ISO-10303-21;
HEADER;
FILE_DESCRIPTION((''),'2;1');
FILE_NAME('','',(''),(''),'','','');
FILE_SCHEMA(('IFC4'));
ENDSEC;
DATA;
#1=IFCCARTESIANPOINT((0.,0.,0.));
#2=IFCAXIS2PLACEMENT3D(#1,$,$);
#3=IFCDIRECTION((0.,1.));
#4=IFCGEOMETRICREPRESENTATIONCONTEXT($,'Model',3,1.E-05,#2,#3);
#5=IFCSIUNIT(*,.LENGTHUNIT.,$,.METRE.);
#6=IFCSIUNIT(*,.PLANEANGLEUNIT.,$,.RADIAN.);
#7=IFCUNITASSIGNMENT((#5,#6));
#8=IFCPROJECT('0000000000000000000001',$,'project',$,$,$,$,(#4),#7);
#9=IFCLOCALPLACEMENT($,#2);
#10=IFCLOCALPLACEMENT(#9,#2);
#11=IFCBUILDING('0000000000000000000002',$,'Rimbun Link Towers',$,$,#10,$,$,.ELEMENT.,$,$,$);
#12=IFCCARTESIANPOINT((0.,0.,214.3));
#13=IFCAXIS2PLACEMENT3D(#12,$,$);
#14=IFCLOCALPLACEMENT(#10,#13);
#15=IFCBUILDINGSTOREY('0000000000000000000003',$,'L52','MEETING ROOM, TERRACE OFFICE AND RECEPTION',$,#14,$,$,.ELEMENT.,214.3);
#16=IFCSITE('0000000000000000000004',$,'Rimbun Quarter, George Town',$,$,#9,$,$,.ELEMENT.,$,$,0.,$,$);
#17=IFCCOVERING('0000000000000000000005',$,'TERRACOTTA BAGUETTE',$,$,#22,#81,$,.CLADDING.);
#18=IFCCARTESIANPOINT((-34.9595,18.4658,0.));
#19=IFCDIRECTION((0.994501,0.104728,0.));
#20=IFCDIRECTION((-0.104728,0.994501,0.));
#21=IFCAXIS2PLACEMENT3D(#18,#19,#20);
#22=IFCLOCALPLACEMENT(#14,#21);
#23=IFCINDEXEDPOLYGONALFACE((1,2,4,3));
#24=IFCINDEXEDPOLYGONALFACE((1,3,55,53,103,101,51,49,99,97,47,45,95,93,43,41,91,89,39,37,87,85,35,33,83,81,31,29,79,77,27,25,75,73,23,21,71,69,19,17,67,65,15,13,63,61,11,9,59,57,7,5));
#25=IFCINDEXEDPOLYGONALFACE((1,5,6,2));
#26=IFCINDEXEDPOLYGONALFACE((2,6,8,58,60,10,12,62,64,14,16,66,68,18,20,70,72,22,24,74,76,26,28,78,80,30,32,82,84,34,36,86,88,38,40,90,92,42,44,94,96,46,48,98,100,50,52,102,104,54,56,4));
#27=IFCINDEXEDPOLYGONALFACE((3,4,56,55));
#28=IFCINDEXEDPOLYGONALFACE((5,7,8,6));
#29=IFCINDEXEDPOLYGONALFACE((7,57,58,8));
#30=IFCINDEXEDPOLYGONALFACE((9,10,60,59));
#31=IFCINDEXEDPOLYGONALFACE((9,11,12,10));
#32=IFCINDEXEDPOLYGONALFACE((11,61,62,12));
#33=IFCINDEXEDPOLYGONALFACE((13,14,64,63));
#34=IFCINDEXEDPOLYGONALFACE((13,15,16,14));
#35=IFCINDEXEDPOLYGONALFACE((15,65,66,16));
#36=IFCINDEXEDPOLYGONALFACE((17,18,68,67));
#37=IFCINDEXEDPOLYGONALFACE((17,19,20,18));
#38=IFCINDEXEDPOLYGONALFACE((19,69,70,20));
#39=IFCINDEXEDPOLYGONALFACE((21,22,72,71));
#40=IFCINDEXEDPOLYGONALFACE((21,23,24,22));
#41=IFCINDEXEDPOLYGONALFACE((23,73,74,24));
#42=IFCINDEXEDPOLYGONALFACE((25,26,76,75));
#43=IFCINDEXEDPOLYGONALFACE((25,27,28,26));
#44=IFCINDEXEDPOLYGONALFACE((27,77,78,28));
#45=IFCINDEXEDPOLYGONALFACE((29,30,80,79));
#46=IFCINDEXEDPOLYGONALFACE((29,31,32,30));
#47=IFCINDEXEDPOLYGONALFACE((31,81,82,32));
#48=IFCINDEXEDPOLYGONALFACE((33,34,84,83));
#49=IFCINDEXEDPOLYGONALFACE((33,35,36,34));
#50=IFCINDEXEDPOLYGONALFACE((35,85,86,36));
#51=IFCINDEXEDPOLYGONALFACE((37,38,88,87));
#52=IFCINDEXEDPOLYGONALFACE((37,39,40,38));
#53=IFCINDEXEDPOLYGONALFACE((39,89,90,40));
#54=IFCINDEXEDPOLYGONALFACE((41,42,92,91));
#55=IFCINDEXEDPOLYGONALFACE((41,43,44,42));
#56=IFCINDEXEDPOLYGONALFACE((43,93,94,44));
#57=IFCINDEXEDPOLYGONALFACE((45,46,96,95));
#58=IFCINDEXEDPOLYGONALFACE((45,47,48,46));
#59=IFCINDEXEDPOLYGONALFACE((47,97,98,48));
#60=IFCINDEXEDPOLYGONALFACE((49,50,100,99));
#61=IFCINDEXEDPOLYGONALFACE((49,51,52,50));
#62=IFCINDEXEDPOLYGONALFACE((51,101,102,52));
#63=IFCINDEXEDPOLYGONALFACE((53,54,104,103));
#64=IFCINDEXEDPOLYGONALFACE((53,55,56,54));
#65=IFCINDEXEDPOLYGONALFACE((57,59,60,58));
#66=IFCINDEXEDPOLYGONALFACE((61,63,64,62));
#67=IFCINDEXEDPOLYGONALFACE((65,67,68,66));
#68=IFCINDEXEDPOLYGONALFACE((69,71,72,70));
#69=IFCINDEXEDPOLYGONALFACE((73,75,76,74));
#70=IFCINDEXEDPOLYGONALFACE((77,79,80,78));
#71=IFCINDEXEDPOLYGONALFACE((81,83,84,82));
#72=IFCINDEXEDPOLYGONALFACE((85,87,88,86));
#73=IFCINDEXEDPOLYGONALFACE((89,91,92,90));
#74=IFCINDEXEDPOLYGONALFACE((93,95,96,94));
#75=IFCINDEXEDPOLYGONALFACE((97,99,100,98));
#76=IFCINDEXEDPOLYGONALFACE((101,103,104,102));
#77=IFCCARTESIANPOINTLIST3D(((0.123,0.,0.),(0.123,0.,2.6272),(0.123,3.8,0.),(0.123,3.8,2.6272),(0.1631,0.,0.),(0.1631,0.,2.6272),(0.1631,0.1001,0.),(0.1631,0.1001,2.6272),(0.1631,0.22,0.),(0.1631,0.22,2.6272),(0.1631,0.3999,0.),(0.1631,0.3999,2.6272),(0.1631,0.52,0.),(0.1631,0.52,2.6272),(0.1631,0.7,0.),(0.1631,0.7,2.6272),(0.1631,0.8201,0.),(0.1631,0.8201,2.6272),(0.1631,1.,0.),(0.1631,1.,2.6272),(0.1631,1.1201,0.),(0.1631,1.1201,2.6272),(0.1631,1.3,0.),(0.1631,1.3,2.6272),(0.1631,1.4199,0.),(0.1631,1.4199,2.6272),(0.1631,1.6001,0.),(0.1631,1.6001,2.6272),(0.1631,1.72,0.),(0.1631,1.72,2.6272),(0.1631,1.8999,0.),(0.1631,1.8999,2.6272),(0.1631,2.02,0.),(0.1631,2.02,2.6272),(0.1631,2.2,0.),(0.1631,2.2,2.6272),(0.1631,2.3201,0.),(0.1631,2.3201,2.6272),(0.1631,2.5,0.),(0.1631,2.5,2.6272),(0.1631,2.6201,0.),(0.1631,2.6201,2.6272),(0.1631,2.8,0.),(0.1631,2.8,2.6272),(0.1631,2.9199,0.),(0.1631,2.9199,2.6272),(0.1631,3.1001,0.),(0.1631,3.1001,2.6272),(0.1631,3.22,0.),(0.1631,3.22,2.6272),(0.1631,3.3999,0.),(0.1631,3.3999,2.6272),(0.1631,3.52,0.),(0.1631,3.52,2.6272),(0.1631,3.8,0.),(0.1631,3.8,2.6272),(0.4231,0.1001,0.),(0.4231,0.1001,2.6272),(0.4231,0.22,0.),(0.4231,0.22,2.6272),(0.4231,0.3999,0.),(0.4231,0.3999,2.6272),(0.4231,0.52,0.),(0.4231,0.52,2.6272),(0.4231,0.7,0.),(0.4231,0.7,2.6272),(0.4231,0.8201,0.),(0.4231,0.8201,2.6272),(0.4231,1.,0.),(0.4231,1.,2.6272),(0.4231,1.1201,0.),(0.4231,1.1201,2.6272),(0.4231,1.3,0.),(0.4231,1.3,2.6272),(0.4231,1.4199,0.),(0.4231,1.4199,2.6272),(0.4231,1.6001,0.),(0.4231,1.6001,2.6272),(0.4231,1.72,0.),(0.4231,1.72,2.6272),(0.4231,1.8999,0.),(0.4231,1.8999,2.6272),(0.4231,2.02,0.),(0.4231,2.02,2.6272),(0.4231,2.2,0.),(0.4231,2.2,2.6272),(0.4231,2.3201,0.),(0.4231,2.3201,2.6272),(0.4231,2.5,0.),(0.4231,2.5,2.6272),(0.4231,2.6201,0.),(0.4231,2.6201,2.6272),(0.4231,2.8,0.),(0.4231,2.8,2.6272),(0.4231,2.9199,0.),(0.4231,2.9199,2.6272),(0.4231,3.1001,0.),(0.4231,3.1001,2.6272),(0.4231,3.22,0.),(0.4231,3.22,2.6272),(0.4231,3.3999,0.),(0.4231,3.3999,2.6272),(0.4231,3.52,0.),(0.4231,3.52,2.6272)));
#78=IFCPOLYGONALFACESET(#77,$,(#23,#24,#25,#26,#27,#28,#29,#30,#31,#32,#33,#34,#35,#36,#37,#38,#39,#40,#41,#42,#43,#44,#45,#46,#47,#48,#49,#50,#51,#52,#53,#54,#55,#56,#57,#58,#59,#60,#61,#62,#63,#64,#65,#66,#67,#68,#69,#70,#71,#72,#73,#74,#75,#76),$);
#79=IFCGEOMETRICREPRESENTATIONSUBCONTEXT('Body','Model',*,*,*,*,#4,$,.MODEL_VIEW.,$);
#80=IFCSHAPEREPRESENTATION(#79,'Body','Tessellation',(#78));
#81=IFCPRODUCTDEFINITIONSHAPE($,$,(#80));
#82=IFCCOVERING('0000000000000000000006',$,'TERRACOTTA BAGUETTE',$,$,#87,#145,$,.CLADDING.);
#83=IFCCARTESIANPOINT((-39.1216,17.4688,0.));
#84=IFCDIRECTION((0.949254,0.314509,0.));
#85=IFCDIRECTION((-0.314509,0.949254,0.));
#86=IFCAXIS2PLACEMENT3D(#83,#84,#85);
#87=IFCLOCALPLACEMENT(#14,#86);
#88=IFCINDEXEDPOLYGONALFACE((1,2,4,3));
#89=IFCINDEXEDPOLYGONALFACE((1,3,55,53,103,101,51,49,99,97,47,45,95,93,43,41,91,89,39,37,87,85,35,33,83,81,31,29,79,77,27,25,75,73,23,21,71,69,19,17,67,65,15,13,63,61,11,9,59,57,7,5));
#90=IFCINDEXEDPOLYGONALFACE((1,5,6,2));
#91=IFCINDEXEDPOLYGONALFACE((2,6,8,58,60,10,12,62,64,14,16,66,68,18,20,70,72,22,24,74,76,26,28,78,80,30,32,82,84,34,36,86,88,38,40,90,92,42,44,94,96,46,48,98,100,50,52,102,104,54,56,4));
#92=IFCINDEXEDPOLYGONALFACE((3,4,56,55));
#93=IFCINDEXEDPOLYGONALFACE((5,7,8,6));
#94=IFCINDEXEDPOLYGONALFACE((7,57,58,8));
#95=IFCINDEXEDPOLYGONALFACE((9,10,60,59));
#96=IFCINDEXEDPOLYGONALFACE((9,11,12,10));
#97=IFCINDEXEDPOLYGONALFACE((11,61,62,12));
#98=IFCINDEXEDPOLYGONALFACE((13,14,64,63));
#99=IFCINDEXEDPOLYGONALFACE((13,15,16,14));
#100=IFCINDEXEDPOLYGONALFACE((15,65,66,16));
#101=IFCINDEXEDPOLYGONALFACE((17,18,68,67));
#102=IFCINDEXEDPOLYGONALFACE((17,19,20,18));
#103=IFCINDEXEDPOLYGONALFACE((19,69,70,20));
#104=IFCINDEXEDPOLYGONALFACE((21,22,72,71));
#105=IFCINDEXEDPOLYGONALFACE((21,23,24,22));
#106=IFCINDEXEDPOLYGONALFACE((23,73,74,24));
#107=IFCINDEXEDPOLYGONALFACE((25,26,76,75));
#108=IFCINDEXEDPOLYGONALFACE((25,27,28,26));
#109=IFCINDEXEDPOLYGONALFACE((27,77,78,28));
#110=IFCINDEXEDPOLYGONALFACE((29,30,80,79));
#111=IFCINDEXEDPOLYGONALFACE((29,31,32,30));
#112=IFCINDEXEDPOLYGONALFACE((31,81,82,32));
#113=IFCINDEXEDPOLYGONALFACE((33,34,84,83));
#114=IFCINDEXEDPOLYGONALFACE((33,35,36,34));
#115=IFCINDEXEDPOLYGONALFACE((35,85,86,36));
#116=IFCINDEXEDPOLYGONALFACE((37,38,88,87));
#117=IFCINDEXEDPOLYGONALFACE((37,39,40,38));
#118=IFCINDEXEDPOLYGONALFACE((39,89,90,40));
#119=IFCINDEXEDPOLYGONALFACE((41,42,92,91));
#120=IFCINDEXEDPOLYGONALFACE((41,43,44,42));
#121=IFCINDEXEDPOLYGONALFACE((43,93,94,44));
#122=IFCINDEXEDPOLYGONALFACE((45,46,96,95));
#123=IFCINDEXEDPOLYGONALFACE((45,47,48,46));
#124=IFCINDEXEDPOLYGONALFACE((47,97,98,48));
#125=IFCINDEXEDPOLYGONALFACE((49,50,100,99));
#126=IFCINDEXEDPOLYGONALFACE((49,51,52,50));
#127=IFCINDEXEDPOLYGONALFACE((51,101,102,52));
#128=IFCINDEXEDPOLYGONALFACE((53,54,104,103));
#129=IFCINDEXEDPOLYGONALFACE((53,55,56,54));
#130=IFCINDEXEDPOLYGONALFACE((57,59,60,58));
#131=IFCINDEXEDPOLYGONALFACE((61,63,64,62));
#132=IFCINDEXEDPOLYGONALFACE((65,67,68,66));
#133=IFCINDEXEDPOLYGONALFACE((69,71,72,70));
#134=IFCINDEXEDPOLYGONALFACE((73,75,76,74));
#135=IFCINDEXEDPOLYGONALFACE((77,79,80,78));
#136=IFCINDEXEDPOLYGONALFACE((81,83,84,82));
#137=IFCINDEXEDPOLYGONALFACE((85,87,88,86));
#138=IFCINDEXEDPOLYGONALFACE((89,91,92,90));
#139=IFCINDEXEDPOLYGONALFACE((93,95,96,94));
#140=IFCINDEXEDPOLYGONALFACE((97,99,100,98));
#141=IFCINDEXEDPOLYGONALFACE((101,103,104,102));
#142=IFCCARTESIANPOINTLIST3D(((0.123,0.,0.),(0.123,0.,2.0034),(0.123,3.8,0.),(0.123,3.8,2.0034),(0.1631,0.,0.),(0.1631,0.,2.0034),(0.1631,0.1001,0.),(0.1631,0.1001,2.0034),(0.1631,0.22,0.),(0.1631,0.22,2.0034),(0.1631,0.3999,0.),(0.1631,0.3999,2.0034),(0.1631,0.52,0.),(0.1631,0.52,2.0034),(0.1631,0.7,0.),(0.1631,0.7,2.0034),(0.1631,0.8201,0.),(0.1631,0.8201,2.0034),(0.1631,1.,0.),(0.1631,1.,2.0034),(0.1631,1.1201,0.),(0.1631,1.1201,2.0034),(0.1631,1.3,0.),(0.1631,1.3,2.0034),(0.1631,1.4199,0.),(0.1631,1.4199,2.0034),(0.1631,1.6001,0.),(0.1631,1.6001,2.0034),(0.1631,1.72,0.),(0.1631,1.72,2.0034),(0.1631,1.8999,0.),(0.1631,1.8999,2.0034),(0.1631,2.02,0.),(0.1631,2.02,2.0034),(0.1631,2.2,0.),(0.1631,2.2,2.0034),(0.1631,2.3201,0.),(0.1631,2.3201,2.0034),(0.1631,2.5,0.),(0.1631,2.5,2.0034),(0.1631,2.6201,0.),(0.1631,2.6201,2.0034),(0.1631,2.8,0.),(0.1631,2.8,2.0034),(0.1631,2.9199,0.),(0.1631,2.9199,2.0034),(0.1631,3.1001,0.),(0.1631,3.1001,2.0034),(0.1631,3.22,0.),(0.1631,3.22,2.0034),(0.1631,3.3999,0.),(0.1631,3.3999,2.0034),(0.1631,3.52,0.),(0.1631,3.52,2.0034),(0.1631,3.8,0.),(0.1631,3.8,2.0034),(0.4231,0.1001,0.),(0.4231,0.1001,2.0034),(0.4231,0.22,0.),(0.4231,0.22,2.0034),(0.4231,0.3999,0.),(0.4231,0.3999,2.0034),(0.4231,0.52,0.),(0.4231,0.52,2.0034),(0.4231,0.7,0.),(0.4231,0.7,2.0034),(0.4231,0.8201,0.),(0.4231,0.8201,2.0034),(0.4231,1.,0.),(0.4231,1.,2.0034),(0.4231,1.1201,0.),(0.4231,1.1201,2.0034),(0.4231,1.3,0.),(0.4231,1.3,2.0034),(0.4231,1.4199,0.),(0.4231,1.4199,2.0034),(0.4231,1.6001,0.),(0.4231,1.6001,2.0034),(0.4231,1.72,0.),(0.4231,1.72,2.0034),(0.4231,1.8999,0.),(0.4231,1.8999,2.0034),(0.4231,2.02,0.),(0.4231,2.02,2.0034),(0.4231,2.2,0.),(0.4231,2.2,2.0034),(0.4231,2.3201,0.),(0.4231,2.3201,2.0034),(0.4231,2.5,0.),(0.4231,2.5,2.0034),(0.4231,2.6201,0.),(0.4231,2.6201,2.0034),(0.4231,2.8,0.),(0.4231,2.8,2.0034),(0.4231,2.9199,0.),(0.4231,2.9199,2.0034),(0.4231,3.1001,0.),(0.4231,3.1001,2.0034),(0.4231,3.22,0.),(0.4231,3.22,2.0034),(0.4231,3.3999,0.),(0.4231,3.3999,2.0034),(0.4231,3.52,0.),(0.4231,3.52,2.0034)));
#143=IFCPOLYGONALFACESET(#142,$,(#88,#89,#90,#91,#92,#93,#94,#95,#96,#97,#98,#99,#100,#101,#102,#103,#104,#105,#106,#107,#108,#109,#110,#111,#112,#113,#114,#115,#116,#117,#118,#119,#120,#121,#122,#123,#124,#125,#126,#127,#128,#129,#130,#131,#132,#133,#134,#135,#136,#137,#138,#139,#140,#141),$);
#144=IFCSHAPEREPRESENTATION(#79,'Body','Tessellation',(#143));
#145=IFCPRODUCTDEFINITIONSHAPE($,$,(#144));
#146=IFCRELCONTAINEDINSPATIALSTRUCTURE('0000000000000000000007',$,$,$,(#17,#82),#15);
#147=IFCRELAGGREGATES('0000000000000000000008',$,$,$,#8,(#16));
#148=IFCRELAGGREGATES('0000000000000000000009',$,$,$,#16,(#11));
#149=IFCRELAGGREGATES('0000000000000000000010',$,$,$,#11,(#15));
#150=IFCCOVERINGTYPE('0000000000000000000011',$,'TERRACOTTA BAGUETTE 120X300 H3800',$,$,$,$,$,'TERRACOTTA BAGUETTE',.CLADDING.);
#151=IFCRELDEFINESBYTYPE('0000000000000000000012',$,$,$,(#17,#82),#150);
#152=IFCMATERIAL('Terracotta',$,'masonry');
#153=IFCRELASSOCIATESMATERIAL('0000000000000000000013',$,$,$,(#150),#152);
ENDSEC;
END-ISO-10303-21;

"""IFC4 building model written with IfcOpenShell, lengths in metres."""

from ifc_helpers import new_model, si_unit, direction, frame, origin, place, context, subcontext, project, spatial, polyline, outline, extrude, material, material_profile, profile_set, type_object, element, save


model = new_model("IFC4")

# Units and contexts
model_context = context("Model", 3, precision=1e-05, world=origin(), true_north=direction((0.0, 1.0)))
body_context = subcontext(model_context, "Body", "Model", "MODEL_VIEW")
ifc_project = project(units=[si_unit("LENGTHUNIT", "METRE"), si_unit("PLANEANGLEUNIT", "RADIAN")], contexts=[model_context])

# Site, building, storey
site_placement = place(None, origin())
site = spatial("IfcSite", under=ifc_project, at=site_placement, Name="Rimbun Quarter, George Town", CompositionType="ELEMENT", RefElevation=0.0)
building_placement = place(site_placement, origin())
building = spatial("IfcBuilding", under=site, at=building_placement, Name="Rimbun Link Towers", CompositionType="ELEMENT")
storey_placement = place(building_placement, frame((0.0, 0.0, 214.3)))
storey = spatial("IfcBuildingStorey", under=building, at=storey_placement, Name="L52", Description="MEETING ROOM, TERRACE OFFICE AND RECEPTION", CompositionType="ELEMENT", Elevation=214.3)

# Coverings
ifc_material_1 = material(Name="Terracotta", Category="masonry")
ifc_material_profile_1 = material_profile(ifc_material_1, outline(polyline([(0.123, 0.0), (0.1631, 0.0), (0.1631, 0.1001), (0.4231, 0.1001), (0.4231, 0.22), (0.1631, 0.22), (0.1631, 0.3999), (0.4231, 0.3999), (0.4231, 0.52), (0.1631, 0.52), (0.1631, 0.7), (0.4231, 0.7), (0.4231, 0.8201), (0.1631, 0.8201), (0.1631, 1.0), (0.4231, 1.0), (0.4231, 1.1201), (0.1631, 1.1201), (0.1631, 1.3), (0.4231, 1.3), (0.4231, 1.4199), (0.1631, 1.4199), (0.1631, 1.6001), (0.4231, 1.6001), (0.4231, 1.72), (0.1631, 1.72), (0.1631, 1.8999), (0.4231, 1.8999), (0.4231, 2.02), (0.1631, 2.02), (0.1631, 2.2), (0.4231, 2.2), (0.4231, 2.3201), (0.1631, 2.3201), (0.1631, 2.5), (0.4231, 2.5), (0.4231, 2.6201), (0.1631, 2.6201), (0.1631, 2.8), (0.4231, 2.8), (0.4231, 2.9199), (0.1631, 2.9199), (0.1631, 3.1001), (0.4231, 3.1001), (0.4231, 3.22), (0.1631, 3.22), (0.1631, 3.3999), (0.4231, 3.3999), (0.4231, 3.52), (0.1631, 3.52), (0.1631, 3.8), (0.123, 3.8), (0.123, 0.0)])), Name="BAGUETTE 120X300")
ifc_profile_set_1 = profile_set([ifc_material_profile_1], Name="Terracotta")
covering_type = type_object("IfcCoveringType", Name="TERRACOTTA BAGUETTE 120X300 H3800", ElementType="TERRACOTTA BAGUETTE", PredefinedType="CLADDING", material=ifc_profile_set_1)
covering_1_placement = place(storey_placement, frame((-34.9595, 18.4658, 0.0), z_axis=(0.994501, 0.104728, 0.0), x_axis=(-0.104728, 0.994501, 0.0)))
element("IfcCovering", 1, at=covering_1_placement, inside=storey, type_object=covering_type, Name="TERRACOTTA BAGUETTE", PredefinedType="CLADDING", context=body_context, shape_type="SweptSolid", body=[
    extrude(outline(polyline([(0.123, 0.0), (0.1631, 0.0), (0.1631, 0.1001), (0.4231, 0.1001), (0.4231, 0.22), (0.1631, 0.22), (0.1631, 0.3999), (0.4231, 0.3999), (0.4231, 0.52), (0.1631, 0.52), (0.1631, 0.7), (0.4231, 0.7), (0.4231, 0.8201), (0.1631, 0.8201), (0.1631, 1.0), (0.4231, 1.0), (0.4231, 1.1201), (0.1631, 1.1201), (0.1631, 1.3), (0.4231, 1.3), (0.4231, 1.4199), (0.1631, 1.4199), (0.1631, 1.6001), (0.4231, 1.6001), (0.4231, 1.72), (0.1631, 1.72), (0.1631, 1.8999), (0.4231, 1.8999), (0.4231, 2.02), (0.1631, 2.02), (0.1631, 2.2), (0.4231, 2.2), (0.4231, 2.3201), (0.1631, 2.3201), (0.1631, 2.5), (0.4231, 2.5), (0.4231, 2.6201), (0.1631, 2.6201), (0.1631, 2.8), (0.4231, 2.8), (0.4231, 2.9199), (0.1631, 2.9199), (0.1631, 3.1001), (0.4231, 3.1001), (0.4231, 3.22), (0.1631, 3.22), (0.1631, 3.3999), (0.4231, 3.3999), (0.4231, 3.52), (0.1631, 3.52), (0.1631, 3.8), (0.123, 3.8), (0.123, 0.0)])), origin(), (0.0, 0.0, 1.0), 2.6272),
])
covering_2_placement = place(storey_placement, frame((-39.1216, 17.4688, 0.0), z_axis=(0.949254, 0.314509, 0.0), x_axis=(-0.314509, 0.949254, 0.0)))
element("IfcCovering", 2, at=covering_2_placement, inside=storey, type_object=covering_type, Name="TERRACOTTA BAGUETTE", PredefinedType="CLADDING", context=body_context, shape_type="SweptSolid", body=[
    extrude(outline(polyline([(0.123, 0.0), (0.1631, 0.0), (0.1631, 0.1001), (0.4231, 0.1001), (0.4231, 0.22), (0.1631, 0.22), (0.1631, 0.3999), (0.4231, 0.3999), (0.4231, 0.52), (0.1631, 0.52), (0.1631, 0.7), (0.4231, 0.7), (0.4231, 0.8201), (0.1631, 0.8201), (0.1631, 1.0), (0.4231, 1.0), (0.4231, 1.1201), (0.1631, 1.1201), (0.1631, 1.3), (0.4231, 1.3), (0.4231, 1.4199), (0.1631, 1.4199), (0.1631, 1.6001), (0.4231, 1.6001), (0.4231, 1.72), (0.1631, 1.72), (0.1631, 1.8999), (0.4231, 1.8999), (0.4231, 2.02), (0.1631, 2.02), (0.1631, 2.2), (0.4231, 2.2), (0.4231, 2.3201), (0.1631, 2.3201), (0.1631, 2.5), (0.4231, 2.5), (0.4231, 2.6201), (0.1631, 2.6201), (0.1631, 2.8), (0.4231, 2.8), (0.4231, 2.9199), (0.1631, 2.9199), (0.1631, 3.1001), (0.4231, 3.1001), (0.4231, 3.22), (0.1631, 3.22), (0.1631, 3.3999), (0.4231, 3.3999), (0.4231, 3.52), (0.1631, 3.52), (0.1631, 3.8), (0.123, 3.8), (0.123, 0.0)])), origin(), (0.0, 0.0, 1.0), 2.0034),
])

save(model, "model.ifc")
